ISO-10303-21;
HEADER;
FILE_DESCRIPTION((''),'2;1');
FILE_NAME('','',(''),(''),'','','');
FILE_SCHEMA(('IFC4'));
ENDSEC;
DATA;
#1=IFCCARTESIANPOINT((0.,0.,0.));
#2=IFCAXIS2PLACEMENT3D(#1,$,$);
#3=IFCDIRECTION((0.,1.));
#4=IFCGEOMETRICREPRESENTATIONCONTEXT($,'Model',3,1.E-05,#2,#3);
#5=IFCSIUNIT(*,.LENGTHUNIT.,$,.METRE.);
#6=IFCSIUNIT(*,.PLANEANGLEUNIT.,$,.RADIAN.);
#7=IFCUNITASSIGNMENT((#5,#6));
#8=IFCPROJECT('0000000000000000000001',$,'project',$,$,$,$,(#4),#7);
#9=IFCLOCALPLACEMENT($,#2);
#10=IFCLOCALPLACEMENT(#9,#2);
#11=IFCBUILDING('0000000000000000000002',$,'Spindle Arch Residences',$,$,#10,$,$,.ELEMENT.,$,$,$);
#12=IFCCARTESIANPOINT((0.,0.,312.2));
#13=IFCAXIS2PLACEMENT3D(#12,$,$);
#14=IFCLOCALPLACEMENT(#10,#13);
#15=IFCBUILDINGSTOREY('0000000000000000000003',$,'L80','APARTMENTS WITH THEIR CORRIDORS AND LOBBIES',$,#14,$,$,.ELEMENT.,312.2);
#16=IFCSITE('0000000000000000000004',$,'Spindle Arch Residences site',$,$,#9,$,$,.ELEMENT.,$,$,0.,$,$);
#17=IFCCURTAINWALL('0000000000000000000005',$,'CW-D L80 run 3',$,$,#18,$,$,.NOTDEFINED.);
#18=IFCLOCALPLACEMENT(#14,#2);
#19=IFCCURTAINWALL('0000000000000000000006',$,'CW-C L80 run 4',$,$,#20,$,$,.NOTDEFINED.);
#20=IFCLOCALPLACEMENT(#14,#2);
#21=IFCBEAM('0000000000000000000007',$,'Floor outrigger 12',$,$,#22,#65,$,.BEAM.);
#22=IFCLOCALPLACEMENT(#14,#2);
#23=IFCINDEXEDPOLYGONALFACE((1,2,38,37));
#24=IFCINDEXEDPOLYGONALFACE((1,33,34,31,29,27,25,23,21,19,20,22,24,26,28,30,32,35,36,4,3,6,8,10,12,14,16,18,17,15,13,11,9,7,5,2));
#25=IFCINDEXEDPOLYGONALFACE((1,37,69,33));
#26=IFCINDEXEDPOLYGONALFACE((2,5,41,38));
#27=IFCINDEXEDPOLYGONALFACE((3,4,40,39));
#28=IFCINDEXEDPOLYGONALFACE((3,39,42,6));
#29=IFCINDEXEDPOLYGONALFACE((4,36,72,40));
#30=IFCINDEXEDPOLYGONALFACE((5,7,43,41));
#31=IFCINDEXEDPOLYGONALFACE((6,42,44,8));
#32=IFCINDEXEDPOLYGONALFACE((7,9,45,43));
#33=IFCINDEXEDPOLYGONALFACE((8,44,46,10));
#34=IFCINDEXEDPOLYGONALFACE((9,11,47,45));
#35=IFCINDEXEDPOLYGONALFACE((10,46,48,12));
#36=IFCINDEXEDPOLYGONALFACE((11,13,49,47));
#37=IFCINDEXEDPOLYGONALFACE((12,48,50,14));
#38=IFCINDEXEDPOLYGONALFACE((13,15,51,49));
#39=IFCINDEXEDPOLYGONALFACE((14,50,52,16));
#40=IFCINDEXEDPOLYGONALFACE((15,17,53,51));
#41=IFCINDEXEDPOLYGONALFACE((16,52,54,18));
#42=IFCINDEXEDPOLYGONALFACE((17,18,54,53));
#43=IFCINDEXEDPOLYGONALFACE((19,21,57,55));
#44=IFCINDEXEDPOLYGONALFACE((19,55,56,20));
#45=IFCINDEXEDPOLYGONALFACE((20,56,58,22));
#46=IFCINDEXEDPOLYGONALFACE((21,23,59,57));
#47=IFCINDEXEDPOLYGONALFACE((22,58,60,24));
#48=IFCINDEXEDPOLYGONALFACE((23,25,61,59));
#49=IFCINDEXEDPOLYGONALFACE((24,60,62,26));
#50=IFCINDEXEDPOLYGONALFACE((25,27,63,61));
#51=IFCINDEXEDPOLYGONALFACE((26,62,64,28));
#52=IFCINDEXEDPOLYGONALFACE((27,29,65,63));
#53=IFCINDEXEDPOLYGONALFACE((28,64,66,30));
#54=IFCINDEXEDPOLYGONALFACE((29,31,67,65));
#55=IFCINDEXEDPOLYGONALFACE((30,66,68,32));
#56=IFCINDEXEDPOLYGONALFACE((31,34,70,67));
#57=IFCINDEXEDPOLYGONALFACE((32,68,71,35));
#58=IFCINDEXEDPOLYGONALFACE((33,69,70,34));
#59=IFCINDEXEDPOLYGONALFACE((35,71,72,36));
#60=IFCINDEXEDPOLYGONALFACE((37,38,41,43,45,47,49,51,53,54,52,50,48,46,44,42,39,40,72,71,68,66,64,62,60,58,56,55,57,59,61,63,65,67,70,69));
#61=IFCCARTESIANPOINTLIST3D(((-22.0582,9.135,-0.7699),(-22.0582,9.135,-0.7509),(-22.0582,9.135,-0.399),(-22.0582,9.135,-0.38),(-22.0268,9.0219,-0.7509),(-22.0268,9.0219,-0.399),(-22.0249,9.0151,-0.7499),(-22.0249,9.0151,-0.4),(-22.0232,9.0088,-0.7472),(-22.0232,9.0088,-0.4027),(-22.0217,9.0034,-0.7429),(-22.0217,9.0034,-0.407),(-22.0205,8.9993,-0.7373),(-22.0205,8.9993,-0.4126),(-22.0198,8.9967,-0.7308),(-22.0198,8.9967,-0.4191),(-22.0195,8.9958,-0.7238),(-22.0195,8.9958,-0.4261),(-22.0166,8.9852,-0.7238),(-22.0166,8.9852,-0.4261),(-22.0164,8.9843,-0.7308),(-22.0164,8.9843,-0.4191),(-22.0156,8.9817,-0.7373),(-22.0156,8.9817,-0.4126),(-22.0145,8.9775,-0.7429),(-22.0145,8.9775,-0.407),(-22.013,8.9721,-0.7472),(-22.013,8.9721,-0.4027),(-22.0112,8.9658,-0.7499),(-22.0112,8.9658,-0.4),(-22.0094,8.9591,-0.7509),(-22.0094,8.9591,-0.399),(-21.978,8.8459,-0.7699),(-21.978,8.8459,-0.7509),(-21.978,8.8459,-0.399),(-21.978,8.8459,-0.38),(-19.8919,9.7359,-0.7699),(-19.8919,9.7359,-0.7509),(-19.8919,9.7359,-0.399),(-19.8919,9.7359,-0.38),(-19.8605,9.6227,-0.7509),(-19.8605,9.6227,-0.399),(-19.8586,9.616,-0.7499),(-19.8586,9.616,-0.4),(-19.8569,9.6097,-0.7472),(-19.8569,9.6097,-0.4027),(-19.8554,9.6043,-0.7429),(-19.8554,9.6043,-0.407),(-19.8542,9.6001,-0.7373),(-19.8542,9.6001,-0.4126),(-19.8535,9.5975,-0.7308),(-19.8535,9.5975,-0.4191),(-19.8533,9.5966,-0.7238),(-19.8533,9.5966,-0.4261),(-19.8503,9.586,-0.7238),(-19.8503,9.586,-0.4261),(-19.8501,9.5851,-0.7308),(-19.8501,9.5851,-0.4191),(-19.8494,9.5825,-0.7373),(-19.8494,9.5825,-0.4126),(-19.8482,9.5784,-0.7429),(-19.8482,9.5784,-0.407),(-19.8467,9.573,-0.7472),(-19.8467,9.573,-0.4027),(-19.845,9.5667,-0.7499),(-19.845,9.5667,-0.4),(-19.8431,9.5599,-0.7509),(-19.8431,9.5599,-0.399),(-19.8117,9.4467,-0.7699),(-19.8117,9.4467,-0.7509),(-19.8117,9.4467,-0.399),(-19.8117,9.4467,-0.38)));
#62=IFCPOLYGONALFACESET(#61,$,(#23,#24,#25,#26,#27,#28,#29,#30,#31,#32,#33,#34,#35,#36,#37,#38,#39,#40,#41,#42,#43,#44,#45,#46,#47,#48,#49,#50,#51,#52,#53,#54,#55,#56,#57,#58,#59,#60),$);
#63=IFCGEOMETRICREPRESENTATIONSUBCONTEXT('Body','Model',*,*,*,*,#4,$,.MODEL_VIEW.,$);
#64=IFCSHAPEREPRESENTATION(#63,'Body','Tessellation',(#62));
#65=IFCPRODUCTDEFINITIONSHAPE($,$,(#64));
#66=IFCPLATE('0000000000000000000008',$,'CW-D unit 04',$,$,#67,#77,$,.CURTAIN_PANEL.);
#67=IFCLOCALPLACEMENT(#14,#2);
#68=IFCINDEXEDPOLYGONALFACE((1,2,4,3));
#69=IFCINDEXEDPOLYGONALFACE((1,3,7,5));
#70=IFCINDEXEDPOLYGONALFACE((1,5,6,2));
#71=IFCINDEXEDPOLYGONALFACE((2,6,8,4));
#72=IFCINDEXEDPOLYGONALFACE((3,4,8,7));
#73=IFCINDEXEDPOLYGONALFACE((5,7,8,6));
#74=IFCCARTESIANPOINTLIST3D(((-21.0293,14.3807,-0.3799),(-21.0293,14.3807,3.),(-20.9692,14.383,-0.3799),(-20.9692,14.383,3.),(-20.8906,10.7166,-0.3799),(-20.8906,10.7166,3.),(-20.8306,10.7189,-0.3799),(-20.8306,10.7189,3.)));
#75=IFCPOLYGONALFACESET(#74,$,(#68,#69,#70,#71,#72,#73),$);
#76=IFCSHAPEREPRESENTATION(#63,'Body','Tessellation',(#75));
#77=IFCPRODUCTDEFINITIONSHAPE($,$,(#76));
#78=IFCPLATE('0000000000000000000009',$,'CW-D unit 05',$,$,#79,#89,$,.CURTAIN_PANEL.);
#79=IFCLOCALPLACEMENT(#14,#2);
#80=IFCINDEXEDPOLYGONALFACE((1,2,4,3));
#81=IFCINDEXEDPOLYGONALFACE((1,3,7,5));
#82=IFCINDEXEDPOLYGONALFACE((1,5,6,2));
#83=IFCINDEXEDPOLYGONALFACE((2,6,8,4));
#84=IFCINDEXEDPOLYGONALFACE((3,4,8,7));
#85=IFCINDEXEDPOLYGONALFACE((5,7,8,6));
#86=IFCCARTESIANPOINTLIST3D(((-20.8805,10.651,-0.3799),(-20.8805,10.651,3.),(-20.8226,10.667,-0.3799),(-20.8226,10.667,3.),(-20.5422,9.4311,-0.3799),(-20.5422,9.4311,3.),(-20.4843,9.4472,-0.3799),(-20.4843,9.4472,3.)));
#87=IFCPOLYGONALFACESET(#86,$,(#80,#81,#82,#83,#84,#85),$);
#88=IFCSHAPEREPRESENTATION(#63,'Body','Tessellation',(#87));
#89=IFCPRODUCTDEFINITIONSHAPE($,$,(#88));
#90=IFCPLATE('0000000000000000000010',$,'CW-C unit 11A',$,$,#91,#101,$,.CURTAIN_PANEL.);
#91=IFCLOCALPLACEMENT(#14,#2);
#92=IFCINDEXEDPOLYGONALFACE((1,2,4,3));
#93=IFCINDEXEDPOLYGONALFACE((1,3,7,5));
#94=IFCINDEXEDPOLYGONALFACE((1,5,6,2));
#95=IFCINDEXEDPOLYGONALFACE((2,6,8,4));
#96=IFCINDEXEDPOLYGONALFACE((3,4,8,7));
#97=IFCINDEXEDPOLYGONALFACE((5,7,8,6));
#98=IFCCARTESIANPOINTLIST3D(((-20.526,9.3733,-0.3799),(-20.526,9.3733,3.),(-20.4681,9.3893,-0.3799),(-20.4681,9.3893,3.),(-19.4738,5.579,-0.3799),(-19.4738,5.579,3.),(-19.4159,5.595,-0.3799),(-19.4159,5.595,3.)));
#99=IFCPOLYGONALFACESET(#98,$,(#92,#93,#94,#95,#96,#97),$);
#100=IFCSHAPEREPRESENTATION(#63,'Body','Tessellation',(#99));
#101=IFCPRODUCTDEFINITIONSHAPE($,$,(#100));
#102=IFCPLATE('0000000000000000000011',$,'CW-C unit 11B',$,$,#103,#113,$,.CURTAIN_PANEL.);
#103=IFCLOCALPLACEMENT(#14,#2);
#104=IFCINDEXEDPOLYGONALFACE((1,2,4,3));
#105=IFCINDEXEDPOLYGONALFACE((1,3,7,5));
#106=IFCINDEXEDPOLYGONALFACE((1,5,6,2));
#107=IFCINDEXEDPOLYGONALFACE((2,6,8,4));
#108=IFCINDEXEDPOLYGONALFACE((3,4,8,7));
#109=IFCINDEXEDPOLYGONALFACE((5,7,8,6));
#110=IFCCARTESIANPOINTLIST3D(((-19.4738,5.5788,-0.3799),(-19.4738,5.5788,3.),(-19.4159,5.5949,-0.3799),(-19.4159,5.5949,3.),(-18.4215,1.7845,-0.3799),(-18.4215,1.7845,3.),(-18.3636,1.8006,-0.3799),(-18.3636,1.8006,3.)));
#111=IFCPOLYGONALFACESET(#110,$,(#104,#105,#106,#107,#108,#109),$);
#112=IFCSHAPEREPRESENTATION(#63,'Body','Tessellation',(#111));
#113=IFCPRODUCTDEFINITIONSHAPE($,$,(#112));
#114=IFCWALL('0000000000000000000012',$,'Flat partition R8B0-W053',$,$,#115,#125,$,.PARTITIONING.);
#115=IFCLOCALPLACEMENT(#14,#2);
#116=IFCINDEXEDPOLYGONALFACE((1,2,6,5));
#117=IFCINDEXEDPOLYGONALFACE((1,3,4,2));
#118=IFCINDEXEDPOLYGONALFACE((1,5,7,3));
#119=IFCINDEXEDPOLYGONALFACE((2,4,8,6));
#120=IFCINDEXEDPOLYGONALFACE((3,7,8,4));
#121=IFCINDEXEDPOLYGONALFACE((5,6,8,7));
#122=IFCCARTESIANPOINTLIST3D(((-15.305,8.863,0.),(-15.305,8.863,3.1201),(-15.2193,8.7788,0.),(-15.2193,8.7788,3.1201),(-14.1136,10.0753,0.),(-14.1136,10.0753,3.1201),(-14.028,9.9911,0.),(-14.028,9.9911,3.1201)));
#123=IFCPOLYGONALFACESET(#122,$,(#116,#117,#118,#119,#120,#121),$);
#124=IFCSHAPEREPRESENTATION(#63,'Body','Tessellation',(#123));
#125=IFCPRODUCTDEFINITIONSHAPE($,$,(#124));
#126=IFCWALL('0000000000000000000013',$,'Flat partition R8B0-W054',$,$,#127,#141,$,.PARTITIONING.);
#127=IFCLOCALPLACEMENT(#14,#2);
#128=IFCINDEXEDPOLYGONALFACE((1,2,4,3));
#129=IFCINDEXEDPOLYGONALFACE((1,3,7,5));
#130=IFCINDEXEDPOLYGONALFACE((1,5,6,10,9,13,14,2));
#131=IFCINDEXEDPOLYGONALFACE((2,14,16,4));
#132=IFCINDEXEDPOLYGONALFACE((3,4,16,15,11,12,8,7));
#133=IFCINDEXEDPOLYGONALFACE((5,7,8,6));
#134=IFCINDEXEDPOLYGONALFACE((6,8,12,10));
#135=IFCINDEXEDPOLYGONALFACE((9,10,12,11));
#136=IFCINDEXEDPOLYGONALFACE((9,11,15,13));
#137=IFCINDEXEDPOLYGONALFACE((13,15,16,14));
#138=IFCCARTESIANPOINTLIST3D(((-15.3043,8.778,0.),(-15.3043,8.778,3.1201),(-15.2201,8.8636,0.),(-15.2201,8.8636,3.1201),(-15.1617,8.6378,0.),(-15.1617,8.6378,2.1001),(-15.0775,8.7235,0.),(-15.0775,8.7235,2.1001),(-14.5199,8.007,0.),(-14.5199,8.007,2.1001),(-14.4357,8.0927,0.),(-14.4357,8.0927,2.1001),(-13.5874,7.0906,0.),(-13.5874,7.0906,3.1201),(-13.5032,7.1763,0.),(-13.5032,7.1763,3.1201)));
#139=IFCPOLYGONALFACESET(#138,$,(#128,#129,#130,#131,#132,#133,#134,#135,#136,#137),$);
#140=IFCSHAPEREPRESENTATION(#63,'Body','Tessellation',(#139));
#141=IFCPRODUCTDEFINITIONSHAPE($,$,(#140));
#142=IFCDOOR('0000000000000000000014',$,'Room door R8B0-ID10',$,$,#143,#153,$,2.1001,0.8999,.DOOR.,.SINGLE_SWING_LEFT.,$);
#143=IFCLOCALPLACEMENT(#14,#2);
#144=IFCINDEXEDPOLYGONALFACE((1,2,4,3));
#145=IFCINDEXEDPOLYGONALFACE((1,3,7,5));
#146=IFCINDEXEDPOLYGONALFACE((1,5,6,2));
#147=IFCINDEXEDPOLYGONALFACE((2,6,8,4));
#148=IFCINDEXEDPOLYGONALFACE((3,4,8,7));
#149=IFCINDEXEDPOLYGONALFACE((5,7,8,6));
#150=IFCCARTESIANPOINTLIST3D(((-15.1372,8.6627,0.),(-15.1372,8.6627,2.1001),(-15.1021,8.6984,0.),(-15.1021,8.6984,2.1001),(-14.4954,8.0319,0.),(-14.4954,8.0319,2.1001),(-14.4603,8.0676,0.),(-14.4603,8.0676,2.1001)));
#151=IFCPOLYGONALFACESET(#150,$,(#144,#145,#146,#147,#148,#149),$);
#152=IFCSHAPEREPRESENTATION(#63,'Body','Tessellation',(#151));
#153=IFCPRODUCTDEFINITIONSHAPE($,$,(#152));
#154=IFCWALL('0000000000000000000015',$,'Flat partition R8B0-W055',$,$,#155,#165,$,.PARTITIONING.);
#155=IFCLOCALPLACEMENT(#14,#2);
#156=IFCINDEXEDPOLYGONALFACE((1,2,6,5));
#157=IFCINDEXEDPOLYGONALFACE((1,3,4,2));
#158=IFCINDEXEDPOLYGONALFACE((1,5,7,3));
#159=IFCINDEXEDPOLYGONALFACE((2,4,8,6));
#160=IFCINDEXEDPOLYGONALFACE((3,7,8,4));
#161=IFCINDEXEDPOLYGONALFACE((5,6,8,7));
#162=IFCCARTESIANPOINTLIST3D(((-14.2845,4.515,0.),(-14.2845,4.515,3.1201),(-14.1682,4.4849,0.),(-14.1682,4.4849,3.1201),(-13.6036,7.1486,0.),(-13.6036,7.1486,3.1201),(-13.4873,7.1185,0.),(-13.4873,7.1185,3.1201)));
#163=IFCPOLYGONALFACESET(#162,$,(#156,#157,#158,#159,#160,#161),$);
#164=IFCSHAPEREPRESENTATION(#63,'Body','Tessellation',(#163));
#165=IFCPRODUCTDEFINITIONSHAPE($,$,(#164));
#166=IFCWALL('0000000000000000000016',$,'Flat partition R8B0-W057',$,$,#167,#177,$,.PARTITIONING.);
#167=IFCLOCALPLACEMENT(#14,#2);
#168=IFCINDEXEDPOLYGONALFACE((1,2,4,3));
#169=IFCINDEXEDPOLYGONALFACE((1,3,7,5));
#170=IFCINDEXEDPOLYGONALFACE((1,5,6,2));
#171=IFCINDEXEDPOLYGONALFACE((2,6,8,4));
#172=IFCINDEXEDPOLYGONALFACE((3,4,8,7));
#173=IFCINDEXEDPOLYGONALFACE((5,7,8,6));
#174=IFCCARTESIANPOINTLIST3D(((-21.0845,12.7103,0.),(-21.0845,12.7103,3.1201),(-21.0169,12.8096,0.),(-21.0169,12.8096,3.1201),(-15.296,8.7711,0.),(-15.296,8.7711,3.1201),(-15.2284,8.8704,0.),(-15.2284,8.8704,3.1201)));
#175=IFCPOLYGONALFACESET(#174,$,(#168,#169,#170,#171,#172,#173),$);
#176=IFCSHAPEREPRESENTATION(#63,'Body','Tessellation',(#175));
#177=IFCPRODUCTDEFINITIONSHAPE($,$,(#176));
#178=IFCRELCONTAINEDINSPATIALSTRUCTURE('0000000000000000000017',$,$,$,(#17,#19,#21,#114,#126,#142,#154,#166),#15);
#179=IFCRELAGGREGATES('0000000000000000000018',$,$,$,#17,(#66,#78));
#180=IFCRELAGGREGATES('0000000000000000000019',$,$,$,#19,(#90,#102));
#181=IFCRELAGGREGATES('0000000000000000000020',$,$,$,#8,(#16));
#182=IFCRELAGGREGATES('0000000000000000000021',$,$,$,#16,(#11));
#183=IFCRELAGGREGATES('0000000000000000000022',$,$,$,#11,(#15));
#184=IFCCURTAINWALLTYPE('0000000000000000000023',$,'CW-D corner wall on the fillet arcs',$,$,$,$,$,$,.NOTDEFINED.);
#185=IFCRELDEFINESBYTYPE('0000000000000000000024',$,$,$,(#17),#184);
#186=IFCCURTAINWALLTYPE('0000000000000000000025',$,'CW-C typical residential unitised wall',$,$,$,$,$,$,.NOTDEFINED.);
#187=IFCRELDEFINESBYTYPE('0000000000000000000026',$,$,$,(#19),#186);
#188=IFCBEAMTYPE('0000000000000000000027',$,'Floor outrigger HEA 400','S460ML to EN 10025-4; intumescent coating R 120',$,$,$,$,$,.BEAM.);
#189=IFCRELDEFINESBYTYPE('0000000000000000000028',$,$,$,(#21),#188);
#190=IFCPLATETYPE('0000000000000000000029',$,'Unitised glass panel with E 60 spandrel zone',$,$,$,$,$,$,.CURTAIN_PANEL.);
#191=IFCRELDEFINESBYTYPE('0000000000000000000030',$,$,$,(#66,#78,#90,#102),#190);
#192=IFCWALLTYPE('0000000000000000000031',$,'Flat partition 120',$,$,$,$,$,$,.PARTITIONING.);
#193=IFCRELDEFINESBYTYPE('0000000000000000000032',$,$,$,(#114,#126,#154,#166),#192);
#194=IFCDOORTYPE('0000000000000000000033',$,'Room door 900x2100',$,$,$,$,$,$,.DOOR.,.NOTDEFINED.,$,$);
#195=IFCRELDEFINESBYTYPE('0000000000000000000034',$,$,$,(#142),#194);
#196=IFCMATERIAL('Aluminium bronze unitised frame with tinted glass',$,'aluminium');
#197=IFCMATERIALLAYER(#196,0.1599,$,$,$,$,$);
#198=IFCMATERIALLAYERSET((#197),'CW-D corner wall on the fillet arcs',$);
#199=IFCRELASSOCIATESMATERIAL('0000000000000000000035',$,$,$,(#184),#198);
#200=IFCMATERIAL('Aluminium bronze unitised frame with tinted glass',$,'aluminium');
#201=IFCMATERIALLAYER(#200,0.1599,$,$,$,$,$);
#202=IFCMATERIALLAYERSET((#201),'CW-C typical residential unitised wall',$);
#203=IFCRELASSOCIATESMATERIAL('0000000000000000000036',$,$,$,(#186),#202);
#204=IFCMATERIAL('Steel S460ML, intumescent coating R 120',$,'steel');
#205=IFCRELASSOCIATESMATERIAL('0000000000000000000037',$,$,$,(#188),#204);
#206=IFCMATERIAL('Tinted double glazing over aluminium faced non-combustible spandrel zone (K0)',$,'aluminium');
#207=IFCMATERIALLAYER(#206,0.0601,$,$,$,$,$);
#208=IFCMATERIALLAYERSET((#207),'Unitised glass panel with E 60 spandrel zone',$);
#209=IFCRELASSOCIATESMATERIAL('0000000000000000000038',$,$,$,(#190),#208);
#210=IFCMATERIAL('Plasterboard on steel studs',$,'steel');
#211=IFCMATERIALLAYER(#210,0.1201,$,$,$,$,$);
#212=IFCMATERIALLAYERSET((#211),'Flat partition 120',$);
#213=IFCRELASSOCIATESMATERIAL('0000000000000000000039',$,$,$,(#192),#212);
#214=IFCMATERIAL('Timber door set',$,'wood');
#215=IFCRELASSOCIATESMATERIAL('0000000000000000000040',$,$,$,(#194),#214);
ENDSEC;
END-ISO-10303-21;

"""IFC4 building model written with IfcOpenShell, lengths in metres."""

from ifc_helpers import new_model, si_unit, direction, frame, frame_2d, origin, origin_2d, place, context, subcontext, project, spatial, rectangle, i_section, extrude, material, layer, layer_set, material_profile, profile_set, type_object, element, fill, aggregate, save


model = new_model("IFC4")

# Units and contexts
model_context = context("Model", 3, precision=1e-05, world=origin(), true_north=direction((0.0, 1.0)))
body_context = subcontext(model_context, "Body", "Model", "MODEL_VIEW")
ifc_project = project(units=[si_unit("LENGTHUNIT", "METRE"), si_unit("PLANEANGLEUNIT", "RADIAN")], contexts=[model_context])

# Site, building, storey
site_placement = place(None, origin())
site = spatial("IfcSite", under=ifc_project, at=site_placement, Name="Spindle Arch Residences site", CompositionType="ELEMENT", RefElevation=0.0)
building_placement = place(site_placement, origin())
building = spatial("IfcBuilding", under=site, at=building_placement, Name="Spindle Arch Residences", CompositionType="ELEMENT")
storey_placement = place(building_placement, frame((0.0, 0.0, 312.2)))
storey = spatial("IfcBuildingStorey", under=building, at=storey_placement, Name="L80", Description="APARTMENTS WITH THEIR CORRIDORS AND LOBBIES", CompositionType="ELEMENT", Elevation=312.2)

# Curtain wall
ifc_material_1 = material(Name="Aluminium bronze unitised frame with tinted glass", Category="aluminium")
ifc_layer_1 = layer(ifc_material_1, 0.1599)
ifc_layer_set_1 = layer_set([ifc_layer_1], Name="CW-D corner wall on the fillet arcs")
curtain_wall_type_1 = type_object("IfcCurtainWallType", Name="CW-D corner wall on the fillet arcs", PredefinedType="NOTDEFINED", material=ifc_layer_set_1)
curtain_wall_1_placement = place(storey_placement, origin())
curtain_wall_1 = element("IfcCurtainWall", 1, at=curtain_wall_1_placement, inside=storey, type_object=curtain_wall_type_1, Name="CW-D L80 run 3", PredefinedType="NOTDEFINED")

# Curtain wall
ifc_material_2 = material(Name="Aluminium bronze unitised frame with tinted glass", Category="aluminium")
ifc_layer_2 = layer(ifc_material_2, 0.1599)
ifc_layer_set_2 = layer_set([ifc_layer_2], Name="CW-C typical residential unitised wall")
curtain_wall_type_2 = type_object("IfcCurtainWallType", Name="CW-C typical residential unitised wall", PredefinedType="NOTDEFINED", material=ifc_layer_set_2)
curtain_wall_2_placement = place(storey_placement, origin())
curtain_wall_2 = element("IfcCurtainWall", 2, at=curtain_wall_2_placement, inside=storey, type_object=curtain_wall_type_2, Name="CW-C L80 run 4", PredefinedType="NOTDEFINED")

# Beam
ifc_material_3 = material(Name="Steel S460ML, intumescent coating R 120", Category="steel")
ifc_material_profile_1 = material_profile(ifc_material_3, i_section(OverallWidth=0.3, OverallDepth=0.3899, WebThickness=0.011, FlangeThickness=0.019, FilletRadius=0.0271, at=origin_2d()), Name="HEA 400")
ifc_profile_set_1 = profile_set([ifc_material_profile_1], Name="Steel S460ML, intumescent coating R 120")
beam_type_1 = type_object("IfcBeamType", Name="Floor outrigger HEA 400", Description="S460ML to EN 10025-4; intumescent coating R 120", PredefinedType="BEAM", material=ifc_profile_set_1)
beam_1_placement = place(storey_placement, frame((-22.0181, 8.9905, -0.575), z_axis=(0.963622, 0.267269, 0.0), x_axis=(-0.267269, 0.963622, 0.0)))
element("IfcBeam", 3, at=beam_1_placement, inside=storey, type_object=beam_type_1, Name="Floor outrigger 12", PredefinedType="BEAM", context=body_context, shape_type="SweptSolid", body=[
    extrude(i_section(OverallWidth=0.3, OverallDepth=0.3899, WebThickness=0.011, FlangeThickness=0.019, FilletRadius=0.0271, at=origin_2d()), origin(), (0.0, 0.0, 1.0), 2.248),
])

# Plates
ifc_material_4 = material(Name="Tinted double glazing over aluminium faced non-combustible spandrel zone (K0)", Category="aluminium")
ifc_layer_3 = layer(ifc_material_4, 0.0601)
ifc_layer_set_3 = layer_set([ifc_layer_3], Name="Unitised glass panel with E 60 spandrel zone")
plate_type = type_object("IfcPlateType", Name="Unitised glass panel with E 60 spandrel zone", PredefinedType="CURTAIN_PANEL", material=ifc_layer_set_3)
plate_1_placement = place(storey_placement, frame((-20.9299, 12.5498, -0.3799), z_axis=(0.0, 0.0, 1.0), x_axis=(0.037806, -0.999285, 0.0)))
plate_1 = element("IfcPlate", 4, at=plate_1_placement, type_object=plate_type, Name="CW-D unit 04", PredefinedType="CURTAIN_PANEL", context=body_context, shape_type="SweptSolid", body=[
    extrude(rectangle(XDim=3.6667, YDim=0.0601, at=origin_2d()), origin(), (0.0, 0.0, 1.0), 3.3799),
])
plate_2_placement = place(storey_placement, frame((-20.6824, 10.0491, -0.3799), z_axis=(0.0, 0.0, 1.0), x_axis=(0.267238, -0.96363, 0.0)))
plate_2 = element("IfcPlate", 5, at=plate_2_placement, type_object=plate_type, Name="CW-D unit 05", PredefinedType="CURTAIN_PANEL", context=body_context, shape_type="SweptSolid", body=[
    extrude(rectangle(XDim=1.2659, YDim=0.0601, at=origin_2d()), origin(), (0.0, 0.0, 1.0), 3.3799),
])
aggregate(curtain_wall_1, [plate_1, plate_2])
plate_3_placement = place(storey_placement, frame((-19.9709, 7.4841, -0.3799), z_axis=(0.0, 0.0, 1.0), x_axis=(0.267238, -0.96363, 0.0)))
plate_3 = element("IfcPlate", 6, at=plate_3_placement, type_object=plate_type, Name="CW-C unit 11A", PredefinedType="CURTAIN_PANEL", context=body_context, shape_type="SweptSolid", body=[
    extrude(rectangle(XDim=3.9375, YDim=0.0601, at=origin_2d()), origin(), (0.0, 0.0, 1.0), 3.3799),
])
plate_4_placement = place(storey_placement, frame((-18.9187, 3.6897, -0.3799), z_axis=(0.0, 0.0, 1.0), x_axis=(0.267238, -0.96363, 0.0)))
plate_4 = element("IfcPlate", 7, at=plate_4_placement, type_object=plate_type, Name="CW-C unit 11B", PredefinedType="CURTAIN_PANEL", context=body_context, shape_type="SweptSolid", body=[
    extrude(rectangle(XDim=3.9375, YDim=0.0601, at=origin_2d()), origin(), (0.0, 0.0, 1.0), 3.3799),
])
aggregate(curtain_wall_2, [plate_3, plate_4])

# Wall
ifc_material_5 = material(Name="Plasterboard on steel studs", Category="steel")
ifc_layer_4 = layer(ifc_material_5, 0.1201)
ifc_layer_set_4 = layer_set([ifc_layer_4], Name="Flat partition 120")
wall_type_1 = type_object("IfcWallType", Name="Flat partition 120", PredefinedType="PARTITIONING", material=ifc_layer_set_4)
wall_1_placement = place(storey_placement, frame((-14.0708, 10.0332, 0.0), z_axis=(0.0, 0.0, 1.0), x_axis=(-0.700904, -0.713256, 0.0)))
element("IfcWall", 8, at=wall_1_placement, inside=storey, type_object=wall_type_1, Name="Flat partition R8B0-W053", PredefinedType="PARTITIONING", context=body_context, shape_type="SweptSolid", body=[
    extrude(rectangle(XDim=1.6997, YDim=0.1201, at=frame_2d((0.8499, 0.0))), origin(), (0.0, 0.0, 1.0), 3.1201),
])

# Wall, opening, door
wall_2_placement = place(storey_placement, frame((-15.2622, 8.8208, 0.0), z_axis=(0.0, 0.0, 1.0), x_axis=(0.713216, -0.700944, 0.0)))
wall_2 = element("IfcWall", 9, at=wall_2_placement, inside=storey, type_object=wall_type_1, Name="Flat partition R8B0-W054", PredefinedType="PARTITIONING", context=body_context, shape_type="SweptSolid", body=[
    extrude(rectangle(XDim=2.4072, YDim=0.1201, at=frame_2d((1.2036, 0.0))), origin(), (0.0, 0.0, 1.0), 3.1201),
])
opening_1_placement = place(wall_2_placement, frame((0.2, 0.0, 0.0)))
opening_1 = element("IfcOpeningElement", 10, at=opening_1_placement, cuts=wall_2, PredefinedType="OPENING", context=body_context, shape_type="SweptSolid", body=[
    extrude(rectangle(XDim=0.8999, YDim=2.1001, at=frame_2d((0.45, 1.05))), frame((0.0, 0.0701, 0.0), z_axis=(0.0, -1.0, 0.0), x_axis=(1.0, 0.0, 0.0)), (0.0, 0.0, 1.0), 0.1401),
])
ifc_material_6 = material(Name="Timber door set", Category="wood")
door_type_1 = type_object("IfcDoorType", Name="Room door 900x2100", OperationType="NOTDEFINED", PredefinedType="DOOR", material=ifc_material_6)
door_1_placement = place(opening_1_placement, origin())
door_1 = element("IfcDoor", 11, at=door_1_placement, inside=storey, type_object=door_type_1, Name="Room door R8B0-ID10", OperationType="SINGLE_SWING_LEFT", OverallHeight=2.1001, OverallWidth=0.8999, PredefinedType="DOOR", context=body_context, shape_type="SweptSolid", body=[
    extrude(rectangle(XDim=0.8999, YDim=2.1001, at=frame_2d((0.45, 1.05))), frame((0.0, 0.0249, 0.0), z_axis=(0.0, -1.0, 0.0), x_axis=(1.0, 0.0, 0.0)), (0.0, 0.0, 1.0), 0.05),
])
fill(opening_1, door_1)

# Walls
wall_3_placement = place(storey_placement, frame((-13.5454, 7.1335, 0.0), z_axis=(0.0, 0.0, 1.0), x_axis=(-0.25032, -0.968163, 0.0)))
element("IfcWall", 12, at=wall_3_placement, inside=storey, type_object=wall_type_1, Name="Flat partition R8B0-W055", PredefinedType="PARTITIONING", context=body_context, shape_type="SweptSolid", body=[
    extrude(rectangle(XDim=2.7202, YDim=0.1201, at=frame_2d((1.3601, 0.0))), origin(), (0.0, 0.0, 1.0), 3.1201),
])
wall_4_placement = place(storey_placement, frame((-21.0508, 12.76, 0.0), z_axis=(0.0, 0.0, 1.0), x_axis=(0.826729, -0.562601, 0.0)))
element("IfcWall", 13, at=wall_4_placement, inside=storey, type_object=wall_type_1, Name="Flat partition R8B0-W057", PredefinedType="PARTITIONING", context=body_context, shape_type="SweptSolid", body=[
    extrude(rectangle(XDim=7.0017, YDim=0.1201, at=frame_2d((3.501, 0.0))), origin(), (0.0, 0.0, 1.0), 3.1201),
])

save(model, "model.ifc")
